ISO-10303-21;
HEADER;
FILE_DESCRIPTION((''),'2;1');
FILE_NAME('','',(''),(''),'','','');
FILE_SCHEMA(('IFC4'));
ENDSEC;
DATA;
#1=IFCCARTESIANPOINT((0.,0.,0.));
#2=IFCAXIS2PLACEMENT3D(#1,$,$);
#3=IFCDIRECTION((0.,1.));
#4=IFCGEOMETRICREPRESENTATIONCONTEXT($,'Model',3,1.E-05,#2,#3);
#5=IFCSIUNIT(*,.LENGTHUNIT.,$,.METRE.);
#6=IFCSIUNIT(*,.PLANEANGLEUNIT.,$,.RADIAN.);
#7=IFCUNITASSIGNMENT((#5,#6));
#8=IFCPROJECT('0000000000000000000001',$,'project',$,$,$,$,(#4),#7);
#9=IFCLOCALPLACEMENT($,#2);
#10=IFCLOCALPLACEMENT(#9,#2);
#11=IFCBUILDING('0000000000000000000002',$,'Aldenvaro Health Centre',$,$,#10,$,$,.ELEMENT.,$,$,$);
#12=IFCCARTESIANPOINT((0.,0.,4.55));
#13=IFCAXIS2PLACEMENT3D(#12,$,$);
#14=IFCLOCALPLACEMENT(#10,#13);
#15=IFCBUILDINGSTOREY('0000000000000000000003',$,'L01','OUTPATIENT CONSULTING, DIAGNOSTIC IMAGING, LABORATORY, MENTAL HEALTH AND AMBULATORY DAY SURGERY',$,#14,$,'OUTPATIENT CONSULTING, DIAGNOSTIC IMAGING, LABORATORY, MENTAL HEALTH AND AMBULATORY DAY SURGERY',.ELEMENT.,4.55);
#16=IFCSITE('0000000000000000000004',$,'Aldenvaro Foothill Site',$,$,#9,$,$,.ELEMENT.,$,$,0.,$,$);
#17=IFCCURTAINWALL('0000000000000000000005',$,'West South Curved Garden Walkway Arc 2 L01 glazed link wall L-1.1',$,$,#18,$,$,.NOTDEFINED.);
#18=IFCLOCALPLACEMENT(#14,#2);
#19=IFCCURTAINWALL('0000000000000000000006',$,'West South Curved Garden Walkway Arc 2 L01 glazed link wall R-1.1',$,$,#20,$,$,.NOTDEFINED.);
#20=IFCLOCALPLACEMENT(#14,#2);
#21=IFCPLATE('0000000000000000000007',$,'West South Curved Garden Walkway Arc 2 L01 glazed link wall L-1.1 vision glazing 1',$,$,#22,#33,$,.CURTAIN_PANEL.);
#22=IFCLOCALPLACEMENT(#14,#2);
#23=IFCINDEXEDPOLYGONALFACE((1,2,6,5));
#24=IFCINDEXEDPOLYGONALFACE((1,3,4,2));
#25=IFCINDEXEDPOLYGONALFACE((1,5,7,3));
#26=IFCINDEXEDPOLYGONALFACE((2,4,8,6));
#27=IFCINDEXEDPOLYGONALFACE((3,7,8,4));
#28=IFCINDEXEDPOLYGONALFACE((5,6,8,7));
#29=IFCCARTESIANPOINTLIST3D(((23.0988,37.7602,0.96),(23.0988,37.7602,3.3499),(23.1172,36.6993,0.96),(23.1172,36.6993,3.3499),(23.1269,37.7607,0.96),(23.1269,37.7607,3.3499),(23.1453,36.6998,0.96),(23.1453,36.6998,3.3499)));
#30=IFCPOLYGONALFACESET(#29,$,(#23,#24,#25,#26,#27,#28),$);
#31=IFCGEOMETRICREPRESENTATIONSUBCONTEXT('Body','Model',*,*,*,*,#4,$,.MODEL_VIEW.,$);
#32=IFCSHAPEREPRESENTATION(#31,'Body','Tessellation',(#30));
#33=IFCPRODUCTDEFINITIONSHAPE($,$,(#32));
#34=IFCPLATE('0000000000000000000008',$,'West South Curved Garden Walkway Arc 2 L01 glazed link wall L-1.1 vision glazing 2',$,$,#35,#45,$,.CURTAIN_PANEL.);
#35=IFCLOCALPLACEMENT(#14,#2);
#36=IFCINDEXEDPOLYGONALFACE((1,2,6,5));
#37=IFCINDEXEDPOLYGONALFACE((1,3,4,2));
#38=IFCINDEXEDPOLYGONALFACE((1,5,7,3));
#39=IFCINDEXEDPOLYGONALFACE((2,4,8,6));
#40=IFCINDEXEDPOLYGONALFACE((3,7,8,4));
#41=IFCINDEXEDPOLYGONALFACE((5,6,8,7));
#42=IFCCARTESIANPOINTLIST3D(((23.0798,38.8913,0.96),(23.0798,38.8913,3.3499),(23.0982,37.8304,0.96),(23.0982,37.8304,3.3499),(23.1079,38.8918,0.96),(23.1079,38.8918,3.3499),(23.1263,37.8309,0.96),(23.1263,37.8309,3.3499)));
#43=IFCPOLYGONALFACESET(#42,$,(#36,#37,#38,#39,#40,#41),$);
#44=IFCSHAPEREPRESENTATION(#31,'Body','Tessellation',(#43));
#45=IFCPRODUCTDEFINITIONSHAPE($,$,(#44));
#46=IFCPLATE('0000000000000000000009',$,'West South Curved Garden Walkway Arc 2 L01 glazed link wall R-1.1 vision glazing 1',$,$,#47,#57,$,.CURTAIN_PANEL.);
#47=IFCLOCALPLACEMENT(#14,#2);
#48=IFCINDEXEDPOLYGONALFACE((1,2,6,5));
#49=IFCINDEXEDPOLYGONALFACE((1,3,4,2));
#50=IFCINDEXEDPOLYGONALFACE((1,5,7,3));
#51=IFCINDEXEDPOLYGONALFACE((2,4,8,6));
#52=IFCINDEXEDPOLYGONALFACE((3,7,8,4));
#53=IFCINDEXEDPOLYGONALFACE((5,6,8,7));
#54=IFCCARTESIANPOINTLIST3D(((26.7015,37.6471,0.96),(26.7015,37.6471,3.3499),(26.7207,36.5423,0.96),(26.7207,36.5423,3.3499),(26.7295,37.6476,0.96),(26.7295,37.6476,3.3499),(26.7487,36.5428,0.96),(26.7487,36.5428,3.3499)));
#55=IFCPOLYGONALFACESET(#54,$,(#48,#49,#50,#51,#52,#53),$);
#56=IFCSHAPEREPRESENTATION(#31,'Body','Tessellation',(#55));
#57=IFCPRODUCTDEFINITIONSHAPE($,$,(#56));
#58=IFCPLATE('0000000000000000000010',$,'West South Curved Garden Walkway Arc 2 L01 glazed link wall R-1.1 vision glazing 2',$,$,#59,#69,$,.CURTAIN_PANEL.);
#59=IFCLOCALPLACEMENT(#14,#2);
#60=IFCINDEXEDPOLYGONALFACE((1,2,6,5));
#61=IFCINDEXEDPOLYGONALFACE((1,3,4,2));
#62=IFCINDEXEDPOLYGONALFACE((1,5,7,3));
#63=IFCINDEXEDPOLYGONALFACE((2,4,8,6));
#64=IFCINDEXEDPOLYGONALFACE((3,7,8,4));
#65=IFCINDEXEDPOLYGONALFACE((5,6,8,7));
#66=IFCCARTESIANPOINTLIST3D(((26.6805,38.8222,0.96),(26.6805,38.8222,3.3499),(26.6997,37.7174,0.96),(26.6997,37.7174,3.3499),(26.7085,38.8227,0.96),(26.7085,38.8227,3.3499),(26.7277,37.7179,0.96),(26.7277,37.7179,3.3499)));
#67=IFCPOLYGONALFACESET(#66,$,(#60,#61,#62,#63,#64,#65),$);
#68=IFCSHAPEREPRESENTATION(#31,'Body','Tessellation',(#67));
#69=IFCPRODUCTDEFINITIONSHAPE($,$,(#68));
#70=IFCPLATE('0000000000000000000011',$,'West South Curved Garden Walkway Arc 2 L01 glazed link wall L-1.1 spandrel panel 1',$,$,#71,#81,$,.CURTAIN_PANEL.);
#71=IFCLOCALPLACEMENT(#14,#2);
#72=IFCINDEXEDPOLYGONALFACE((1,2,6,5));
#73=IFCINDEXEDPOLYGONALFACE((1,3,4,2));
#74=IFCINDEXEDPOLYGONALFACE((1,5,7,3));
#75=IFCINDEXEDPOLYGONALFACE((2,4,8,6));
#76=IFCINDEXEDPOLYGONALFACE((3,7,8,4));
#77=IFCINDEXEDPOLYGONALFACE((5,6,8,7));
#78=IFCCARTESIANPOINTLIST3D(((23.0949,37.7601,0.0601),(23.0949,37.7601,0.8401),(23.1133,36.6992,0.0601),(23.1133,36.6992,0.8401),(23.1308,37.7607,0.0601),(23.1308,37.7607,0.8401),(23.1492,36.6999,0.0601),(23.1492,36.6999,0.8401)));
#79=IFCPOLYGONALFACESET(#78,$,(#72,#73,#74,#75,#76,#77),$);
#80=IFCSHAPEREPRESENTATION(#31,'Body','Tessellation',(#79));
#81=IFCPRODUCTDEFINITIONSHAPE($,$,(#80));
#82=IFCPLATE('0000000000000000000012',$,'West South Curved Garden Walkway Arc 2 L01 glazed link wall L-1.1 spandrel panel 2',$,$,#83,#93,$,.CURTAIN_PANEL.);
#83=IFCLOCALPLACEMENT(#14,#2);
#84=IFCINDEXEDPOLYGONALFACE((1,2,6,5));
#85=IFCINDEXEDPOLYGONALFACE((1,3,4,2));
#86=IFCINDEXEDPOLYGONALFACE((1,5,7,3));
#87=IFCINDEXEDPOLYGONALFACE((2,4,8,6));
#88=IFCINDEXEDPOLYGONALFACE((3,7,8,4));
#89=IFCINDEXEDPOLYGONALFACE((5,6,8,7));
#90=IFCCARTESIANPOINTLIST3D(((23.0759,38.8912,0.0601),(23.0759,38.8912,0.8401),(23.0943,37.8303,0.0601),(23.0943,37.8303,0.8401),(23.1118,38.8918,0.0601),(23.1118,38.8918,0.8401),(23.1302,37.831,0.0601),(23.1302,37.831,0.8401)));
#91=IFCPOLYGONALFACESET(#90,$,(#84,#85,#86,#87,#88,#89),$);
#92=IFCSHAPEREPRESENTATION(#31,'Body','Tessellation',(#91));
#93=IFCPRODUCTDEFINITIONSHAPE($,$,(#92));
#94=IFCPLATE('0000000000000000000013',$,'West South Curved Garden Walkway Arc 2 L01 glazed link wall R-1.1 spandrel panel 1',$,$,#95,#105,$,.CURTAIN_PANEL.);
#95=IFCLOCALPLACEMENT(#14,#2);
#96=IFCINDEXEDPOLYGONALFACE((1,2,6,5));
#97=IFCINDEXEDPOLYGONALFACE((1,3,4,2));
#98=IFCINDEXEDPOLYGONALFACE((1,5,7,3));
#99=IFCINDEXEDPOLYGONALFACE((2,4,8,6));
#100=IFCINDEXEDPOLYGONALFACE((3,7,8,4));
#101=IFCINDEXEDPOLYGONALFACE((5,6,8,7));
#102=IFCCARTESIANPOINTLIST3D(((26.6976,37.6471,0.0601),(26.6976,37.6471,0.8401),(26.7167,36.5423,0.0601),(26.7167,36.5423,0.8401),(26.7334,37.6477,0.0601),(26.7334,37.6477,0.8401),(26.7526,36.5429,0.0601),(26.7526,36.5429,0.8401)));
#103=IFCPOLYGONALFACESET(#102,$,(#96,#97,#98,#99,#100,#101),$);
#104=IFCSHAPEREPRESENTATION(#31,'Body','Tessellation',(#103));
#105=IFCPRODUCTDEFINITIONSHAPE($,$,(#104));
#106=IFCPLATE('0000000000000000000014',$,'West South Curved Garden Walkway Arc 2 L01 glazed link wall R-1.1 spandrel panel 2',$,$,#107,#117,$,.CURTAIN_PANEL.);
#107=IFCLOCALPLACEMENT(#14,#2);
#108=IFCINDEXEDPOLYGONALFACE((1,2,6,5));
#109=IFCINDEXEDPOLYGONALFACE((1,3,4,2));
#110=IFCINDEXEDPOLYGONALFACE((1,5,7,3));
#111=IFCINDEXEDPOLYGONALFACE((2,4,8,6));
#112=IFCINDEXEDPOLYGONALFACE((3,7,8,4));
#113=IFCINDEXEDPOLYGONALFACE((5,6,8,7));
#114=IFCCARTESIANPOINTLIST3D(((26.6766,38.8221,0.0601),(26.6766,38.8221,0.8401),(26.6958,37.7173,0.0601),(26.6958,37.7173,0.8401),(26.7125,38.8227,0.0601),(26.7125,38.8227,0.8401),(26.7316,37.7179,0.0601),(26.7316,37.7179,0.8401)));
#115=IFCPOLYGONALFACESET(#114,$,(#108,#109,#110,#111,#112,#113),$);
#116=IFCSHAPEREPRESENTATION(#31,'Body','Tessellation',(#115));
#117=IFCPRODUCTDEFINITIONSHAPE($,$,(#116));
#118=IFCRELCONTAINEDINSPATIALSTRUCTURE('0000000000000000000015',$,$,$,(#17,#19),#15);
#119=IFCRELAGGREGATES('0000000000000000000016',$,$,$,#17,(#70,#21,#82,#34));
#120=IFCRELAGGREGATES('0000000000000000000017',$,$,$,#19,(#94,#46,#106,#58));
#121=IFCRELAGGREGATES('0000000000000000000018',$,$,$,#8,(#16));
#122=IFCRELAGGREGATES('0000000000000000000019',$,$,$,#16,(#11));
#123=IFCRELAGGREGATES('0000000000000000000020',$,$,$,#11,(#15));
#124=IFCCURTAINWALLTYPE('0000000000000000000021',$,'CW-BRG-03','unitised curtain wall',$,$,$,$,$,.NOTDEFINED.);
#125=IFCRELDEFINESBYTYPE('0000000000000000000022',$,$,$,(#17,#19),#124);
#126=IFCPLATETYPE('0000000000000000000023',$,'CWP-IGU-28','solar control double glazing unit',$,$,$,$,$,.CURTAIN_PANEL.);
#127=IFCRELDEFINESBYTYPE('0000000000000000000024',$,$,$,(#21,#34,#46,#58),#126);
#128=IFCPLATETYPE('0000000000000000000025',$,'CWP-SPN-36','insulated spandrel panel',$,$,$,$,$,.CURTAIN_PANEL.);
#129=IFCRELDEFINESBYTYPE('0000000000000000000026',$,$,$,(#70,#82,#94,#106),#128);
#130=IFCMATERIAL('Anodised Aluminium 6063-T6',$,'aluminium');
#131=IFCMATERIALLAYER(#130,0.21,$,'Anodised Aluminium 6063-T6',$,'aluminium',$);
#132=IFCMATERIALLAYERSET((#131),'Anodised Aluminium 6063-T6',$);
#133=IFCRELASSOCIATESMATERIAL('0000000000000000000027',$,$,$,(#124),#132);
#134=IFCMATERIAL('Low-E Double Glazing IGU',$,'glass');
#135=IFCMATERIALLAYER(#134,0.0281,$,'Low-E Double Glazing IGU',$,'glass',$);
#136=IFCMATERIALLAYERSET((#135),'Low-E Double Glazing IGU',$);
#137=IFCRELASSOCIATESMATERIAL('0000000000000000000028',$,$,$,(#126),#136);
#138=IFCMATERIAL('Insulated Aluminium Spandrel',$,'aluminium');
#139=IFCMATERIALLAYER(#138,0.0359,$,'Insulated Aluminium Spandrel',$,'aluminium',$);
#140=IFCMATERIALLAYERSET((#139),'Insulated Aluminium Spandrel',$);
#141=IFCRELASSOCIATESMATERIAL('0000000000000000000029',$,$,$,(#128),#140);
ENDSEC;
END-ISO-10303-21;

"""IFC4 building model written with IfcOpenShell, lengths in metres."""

from ifc_helpers import new_model, si_unit, direction, frame, origin, origin_2d, place, context, subcontext, project, spatial, rectangle, extrude, material, layer, layer_set, type_object, element, aggregate, save


model = new_model("IFC4")

# Units and contexts
model_context = context("Model", 3, precision=1e-05, world=origin(), true_north=direction((0.0, 1.0)))
body_context = subcontext(model_context, "Body", "Model", "MODEL_VIEW")
ifc_project = project(units=[si_unit("LENGTHUNIT", "METRE"), si_unit("PLANEANGLEUNIT", "RADIAN")], contexts=[model_context])

# Site, building, storey
site_placement = place(None, origin())
site = spatial("IfcSite", under=ifc_project, at=site_placement, Name="Aldenvaro Foothill Site", CompositionType="ELEMENT", RefElevation=0.0)
building_placement = place(site_placement, origin())
building = spatial("IfcBuilding", under=site, at=building_placement, Name="Aldenvaro Health Centre", CompositionType="ELEMENT")
storey_placement = place(building_placement, frame((0.0, 0.0, 4.55)))
storey = spatial("IfcBuildingStorey", under=building, at=storey_placement, Name="L01", Description="OUTPATIENT CONSULTING, DIAGNOSTIC IMAGING, LABORATORY, MENTAL HEALTH AND AMBULATORY DAY SURGERY", LongName="OUTPATIENT CONSULTING, DIAGNOSTIC IMAGING, LABORATORY, MENTAL HEALTH AND AMBULATORY DAY SURGERY", CompositionType="ELEMENT", Elevation=4.55)

# Curtain walls
ifc_material_1 = material(Name="Anodised Aluminium 6063-T6", Category="aluminium")
ifc_layer_1 = layer(ifc_material_1, 0.21, Name="Anodised Aluminium 6063-T6", Category="aluminium")
ifc_layer_set_1 = layer_set([ifc_layer_1], Name="Anodised Aluminium 6063-T6")
curtain_wall_type = type_object("IfcCurtainWallType", Name="CW-BRG-03", Description="unitised curtain wall", PredefinedType="NOTDEFINED", material=ifc_layer_set_1)
curtain_wall_1_placement = place(storey_placement, origin())
curtain_wall_1 = element("IfcCurtainWall", 1, at=curtain_wall_1_placement, inside=storey, type_object=curtain_wall_type, Name="West South Curved Garden Walkway Arc 2 L01 glazed link wall L-1.1", PredefinedType="NOTDEFINED")
curtain_wall_2_placement = place(storey_placement, origin())
curtain_wall_2 = element("IfcCurtainWall", 2, at=curtain_wall_2_placement, inside=storey, type_object=curtain_wall_type, Name="West South Curved Garden Walkway Arc 2 L01 glazed link wall R-1.1", PredefinedType="NOTDEFINED")

# Plates
ifc_material_2 = material(Name="Low-E Double Glazing IGU", Category="glass")
ifc_layer_2 = layer(ifc_material_2, 0.0281, Name="Low-E Double Glazing IGU", Category="glass")
ifc_layer_set_2 = layer_set([ifc_layer_2], Name="Low-E Double Glazing IGU")
plate_type_1 = type_object("IfcPlateType", Name="CWP-IGU-28", Description="solar control double glazing unit", PredefinedType="CURTAIN_PANEL", material=ifc_layer_set_2)
plate_1_placement = place(storey_placement, frame((23.1221, 37.23, 0.96), z_axis=(0.0, 0.0, 1.0), x_axis=(-0.017327, 0.99985, 0.0)))
plate_1 = element("IfcPlate", 3, at=plate_1_placement, type_object=plate_type_1, Name="West South Curved Garden Walkway Arc 2 L01 glazed link wall L-1.1 vision glazing 1", PredefinedType="CURTAIN_PANEL", context=body_context, shape_type="SweptSolid", body=[
    extrude(rectangle(XDim=1.061, YDim=0.0281, at=origin_2d()), origin(), (0.0, 0.0, 1.0), 2.3899),
])
plate_2_placement = place(storey_placement, frame((23.103, 38.3611, 0.96), z_axis=(0.0, 0.0, 1.0), x_axis=(-0.017327, 0.99985, 0.0)))
plate_2 = element("IfcPlate", 4, at=plate_2_placement, type_object=plate_type_1, Name="West South Curved Garden Walkway Arc 2 L01 glazed link wall L-1.1 vision glazing 2", PredefinedType="CURTAIN_PANEL", context=body_context, shape_type="SweptSolid", body=[
    extrude(rectangle(XDim=1.061, YDim=0.0281, at=origin_2d()), origin(), (0.0, 0.0, 1.0), 2.3899),
])
plate_3_placement = place(storey_placement, frame((26.7251, 37.095, 0.96), z_axis=(0.0, 0.0, 1.0), x_axis=(-0.017362, 0.999849, 0.0)))
plate_3 = element("IfcPlate", 5, at=plate_3_placement, type_object=plate_type_1, Name="West South Curved Garden Walkway Arc 2 L01 glazed link wall R-1.1 vision glazing 1", PredefinedType="CURTAIN_PANEL", context=body_context, shape_type="SweptSolid", body=[
    extrude(rectangle(XDim=1.105, YDim=0.0281, at=origin_2d()), origin(), (0.0, 0.0, 1.0), 2.3899),
])
plate_4_placement = place(storey_placement, frame((26.7041, 38.27, 0.96), z_axis=(0.0, 0.0, 1.0), x_axis=(-0.017362, 0.999849, 0.0)))
plate_4 = element("IfcPlate", 6, at=plate_4_placement, type_object=plate_type_1, Name="West South Curved Garden Walkway Arc 2 L01 glazed link wall R-1.1 vision glazing 2", PredefinedType="CURTAIN_PANEL", context=body_context, shape_type="SweptSolid", body=[
    extrude(rectangle(XDim=1.105, YDim=0.0281, at=origin_2d()), origin(), (0.0, 0.0, 1.0), 2.3899),
])
ifc_material_3 = material(Name="Insulated Aluminium Spandrel", Category="aluminium")
ifc_layer_3 = layer(ifc_material_3, 0.0359, Name="Insulated Aluminium Spandrel", Category="aluminium")
ifc_layer_set_3 = layer_set([ifc_layer_3], Name="Insulated Aluminium Spandrel")
plate_type_2 = type_object("IfcPlateType", Name="CWP-SPN-36", Description="insulated spandrel panel", PredefinedType="CURTAIN_PANEL", material=ifc_layer_set_3)
plate_5_placement = place(storey_placement, frame((23.1221, 37.23, 0.0601), z_axis=(0.0, 0.0, 1.0), x_axis=(-0.017327, 0.99985, 0.0)))
plate_5 = element("IfcPlate", 7, at=plate_5_placement, type_object=plate_type_2, Name="West South Curved Garden Walkway Arc 2 L01 glazed link wall L-1.1 spandrel panel 1", PredefinedType="CURTAIN_PANEL", context=body_context, shape_type="SweptSolid", body=[
    extrude(rectangle(XDim=1.061, YDim=0.0359, at=origin_2d()), origin(), (0.0, 0.0, 1.0), 0.78),
])
plate_6_placement = place(storey_placement, frame((23.103, 38.3611, 0.0601), z_axis=(0.0, 0.0, 1.0), x_axis=(-0.017327, 0.99985, 0.0)))
plate_6 = element("IfcPlate", 8, at=plate_6_placement, type_object=plate_type_2, Name="West South Curved Garden Walkway Arc 2 L01 glazed link wall L-1.1 spandrel panel 2", PredefinedType="CURTAIN_PANEL", context=body_context, shape_type="SweptSolid", body=[
    extrude(rectangle(XDim=1.061, YDim=0.0359, at=origin_2d()), origin(), (0.0, 0.0, 1.0), 0.78),
])
aggregate(curtain_wall_1, [plate_5, plate_1, plate_6, plate_2])
plate_7_placement = place(storey_placement, frame((26.7251, 37.095, 0.0601), z_axis=(0.0, 0.0, 1.0), x_axis=(-0.017362, 0.999849, 0.0)))
plate_7 = element("IfcPlate", 9, at=plate_7_placement, type_object=plate_type_2, Name="West South Curved Garden Walkway Arc 2 L01 glazed link wall R-1.1 spandrel panel 1", PredefinedType="CURTAIN_PANEL", context=body_context, shape_type="SweptSolid", body=[
    extrude(rectangle(XDim=1.105, YDim=0.0359, at=origin_2d()), origin(), (0.0, 0.0, 1.0), 0.78),
])
plate_8_placement = place(storey_placement, frame((26.7041, 38.27, 0.0601), z_axis=(0.0, 0.0, 1.0), x_axis=(-0.017362, 0.999849, 0.0)))
plate_8 = element("IfcPlate", 10, at=plate_8_placement, type_object=plate_type_2, Name="West South Curved Garden Walkway Arc 2 L01 glazed link wall R-1.1 spandrel panel 2", PredefinedType="CURTAIN_PANEL", context=body_context, shape_type="SweptSolid", body=[
    extrude(rectangle(XDim=1.105, YDim=0.0359, at=origin_2d()), origin(), (0.0, 0.0, 1.0), 0.78),
])
aggregate(curtain_wall_2, [plate_7, plate_3, plate_8, plate_4])

save(model, "model.ifc")
